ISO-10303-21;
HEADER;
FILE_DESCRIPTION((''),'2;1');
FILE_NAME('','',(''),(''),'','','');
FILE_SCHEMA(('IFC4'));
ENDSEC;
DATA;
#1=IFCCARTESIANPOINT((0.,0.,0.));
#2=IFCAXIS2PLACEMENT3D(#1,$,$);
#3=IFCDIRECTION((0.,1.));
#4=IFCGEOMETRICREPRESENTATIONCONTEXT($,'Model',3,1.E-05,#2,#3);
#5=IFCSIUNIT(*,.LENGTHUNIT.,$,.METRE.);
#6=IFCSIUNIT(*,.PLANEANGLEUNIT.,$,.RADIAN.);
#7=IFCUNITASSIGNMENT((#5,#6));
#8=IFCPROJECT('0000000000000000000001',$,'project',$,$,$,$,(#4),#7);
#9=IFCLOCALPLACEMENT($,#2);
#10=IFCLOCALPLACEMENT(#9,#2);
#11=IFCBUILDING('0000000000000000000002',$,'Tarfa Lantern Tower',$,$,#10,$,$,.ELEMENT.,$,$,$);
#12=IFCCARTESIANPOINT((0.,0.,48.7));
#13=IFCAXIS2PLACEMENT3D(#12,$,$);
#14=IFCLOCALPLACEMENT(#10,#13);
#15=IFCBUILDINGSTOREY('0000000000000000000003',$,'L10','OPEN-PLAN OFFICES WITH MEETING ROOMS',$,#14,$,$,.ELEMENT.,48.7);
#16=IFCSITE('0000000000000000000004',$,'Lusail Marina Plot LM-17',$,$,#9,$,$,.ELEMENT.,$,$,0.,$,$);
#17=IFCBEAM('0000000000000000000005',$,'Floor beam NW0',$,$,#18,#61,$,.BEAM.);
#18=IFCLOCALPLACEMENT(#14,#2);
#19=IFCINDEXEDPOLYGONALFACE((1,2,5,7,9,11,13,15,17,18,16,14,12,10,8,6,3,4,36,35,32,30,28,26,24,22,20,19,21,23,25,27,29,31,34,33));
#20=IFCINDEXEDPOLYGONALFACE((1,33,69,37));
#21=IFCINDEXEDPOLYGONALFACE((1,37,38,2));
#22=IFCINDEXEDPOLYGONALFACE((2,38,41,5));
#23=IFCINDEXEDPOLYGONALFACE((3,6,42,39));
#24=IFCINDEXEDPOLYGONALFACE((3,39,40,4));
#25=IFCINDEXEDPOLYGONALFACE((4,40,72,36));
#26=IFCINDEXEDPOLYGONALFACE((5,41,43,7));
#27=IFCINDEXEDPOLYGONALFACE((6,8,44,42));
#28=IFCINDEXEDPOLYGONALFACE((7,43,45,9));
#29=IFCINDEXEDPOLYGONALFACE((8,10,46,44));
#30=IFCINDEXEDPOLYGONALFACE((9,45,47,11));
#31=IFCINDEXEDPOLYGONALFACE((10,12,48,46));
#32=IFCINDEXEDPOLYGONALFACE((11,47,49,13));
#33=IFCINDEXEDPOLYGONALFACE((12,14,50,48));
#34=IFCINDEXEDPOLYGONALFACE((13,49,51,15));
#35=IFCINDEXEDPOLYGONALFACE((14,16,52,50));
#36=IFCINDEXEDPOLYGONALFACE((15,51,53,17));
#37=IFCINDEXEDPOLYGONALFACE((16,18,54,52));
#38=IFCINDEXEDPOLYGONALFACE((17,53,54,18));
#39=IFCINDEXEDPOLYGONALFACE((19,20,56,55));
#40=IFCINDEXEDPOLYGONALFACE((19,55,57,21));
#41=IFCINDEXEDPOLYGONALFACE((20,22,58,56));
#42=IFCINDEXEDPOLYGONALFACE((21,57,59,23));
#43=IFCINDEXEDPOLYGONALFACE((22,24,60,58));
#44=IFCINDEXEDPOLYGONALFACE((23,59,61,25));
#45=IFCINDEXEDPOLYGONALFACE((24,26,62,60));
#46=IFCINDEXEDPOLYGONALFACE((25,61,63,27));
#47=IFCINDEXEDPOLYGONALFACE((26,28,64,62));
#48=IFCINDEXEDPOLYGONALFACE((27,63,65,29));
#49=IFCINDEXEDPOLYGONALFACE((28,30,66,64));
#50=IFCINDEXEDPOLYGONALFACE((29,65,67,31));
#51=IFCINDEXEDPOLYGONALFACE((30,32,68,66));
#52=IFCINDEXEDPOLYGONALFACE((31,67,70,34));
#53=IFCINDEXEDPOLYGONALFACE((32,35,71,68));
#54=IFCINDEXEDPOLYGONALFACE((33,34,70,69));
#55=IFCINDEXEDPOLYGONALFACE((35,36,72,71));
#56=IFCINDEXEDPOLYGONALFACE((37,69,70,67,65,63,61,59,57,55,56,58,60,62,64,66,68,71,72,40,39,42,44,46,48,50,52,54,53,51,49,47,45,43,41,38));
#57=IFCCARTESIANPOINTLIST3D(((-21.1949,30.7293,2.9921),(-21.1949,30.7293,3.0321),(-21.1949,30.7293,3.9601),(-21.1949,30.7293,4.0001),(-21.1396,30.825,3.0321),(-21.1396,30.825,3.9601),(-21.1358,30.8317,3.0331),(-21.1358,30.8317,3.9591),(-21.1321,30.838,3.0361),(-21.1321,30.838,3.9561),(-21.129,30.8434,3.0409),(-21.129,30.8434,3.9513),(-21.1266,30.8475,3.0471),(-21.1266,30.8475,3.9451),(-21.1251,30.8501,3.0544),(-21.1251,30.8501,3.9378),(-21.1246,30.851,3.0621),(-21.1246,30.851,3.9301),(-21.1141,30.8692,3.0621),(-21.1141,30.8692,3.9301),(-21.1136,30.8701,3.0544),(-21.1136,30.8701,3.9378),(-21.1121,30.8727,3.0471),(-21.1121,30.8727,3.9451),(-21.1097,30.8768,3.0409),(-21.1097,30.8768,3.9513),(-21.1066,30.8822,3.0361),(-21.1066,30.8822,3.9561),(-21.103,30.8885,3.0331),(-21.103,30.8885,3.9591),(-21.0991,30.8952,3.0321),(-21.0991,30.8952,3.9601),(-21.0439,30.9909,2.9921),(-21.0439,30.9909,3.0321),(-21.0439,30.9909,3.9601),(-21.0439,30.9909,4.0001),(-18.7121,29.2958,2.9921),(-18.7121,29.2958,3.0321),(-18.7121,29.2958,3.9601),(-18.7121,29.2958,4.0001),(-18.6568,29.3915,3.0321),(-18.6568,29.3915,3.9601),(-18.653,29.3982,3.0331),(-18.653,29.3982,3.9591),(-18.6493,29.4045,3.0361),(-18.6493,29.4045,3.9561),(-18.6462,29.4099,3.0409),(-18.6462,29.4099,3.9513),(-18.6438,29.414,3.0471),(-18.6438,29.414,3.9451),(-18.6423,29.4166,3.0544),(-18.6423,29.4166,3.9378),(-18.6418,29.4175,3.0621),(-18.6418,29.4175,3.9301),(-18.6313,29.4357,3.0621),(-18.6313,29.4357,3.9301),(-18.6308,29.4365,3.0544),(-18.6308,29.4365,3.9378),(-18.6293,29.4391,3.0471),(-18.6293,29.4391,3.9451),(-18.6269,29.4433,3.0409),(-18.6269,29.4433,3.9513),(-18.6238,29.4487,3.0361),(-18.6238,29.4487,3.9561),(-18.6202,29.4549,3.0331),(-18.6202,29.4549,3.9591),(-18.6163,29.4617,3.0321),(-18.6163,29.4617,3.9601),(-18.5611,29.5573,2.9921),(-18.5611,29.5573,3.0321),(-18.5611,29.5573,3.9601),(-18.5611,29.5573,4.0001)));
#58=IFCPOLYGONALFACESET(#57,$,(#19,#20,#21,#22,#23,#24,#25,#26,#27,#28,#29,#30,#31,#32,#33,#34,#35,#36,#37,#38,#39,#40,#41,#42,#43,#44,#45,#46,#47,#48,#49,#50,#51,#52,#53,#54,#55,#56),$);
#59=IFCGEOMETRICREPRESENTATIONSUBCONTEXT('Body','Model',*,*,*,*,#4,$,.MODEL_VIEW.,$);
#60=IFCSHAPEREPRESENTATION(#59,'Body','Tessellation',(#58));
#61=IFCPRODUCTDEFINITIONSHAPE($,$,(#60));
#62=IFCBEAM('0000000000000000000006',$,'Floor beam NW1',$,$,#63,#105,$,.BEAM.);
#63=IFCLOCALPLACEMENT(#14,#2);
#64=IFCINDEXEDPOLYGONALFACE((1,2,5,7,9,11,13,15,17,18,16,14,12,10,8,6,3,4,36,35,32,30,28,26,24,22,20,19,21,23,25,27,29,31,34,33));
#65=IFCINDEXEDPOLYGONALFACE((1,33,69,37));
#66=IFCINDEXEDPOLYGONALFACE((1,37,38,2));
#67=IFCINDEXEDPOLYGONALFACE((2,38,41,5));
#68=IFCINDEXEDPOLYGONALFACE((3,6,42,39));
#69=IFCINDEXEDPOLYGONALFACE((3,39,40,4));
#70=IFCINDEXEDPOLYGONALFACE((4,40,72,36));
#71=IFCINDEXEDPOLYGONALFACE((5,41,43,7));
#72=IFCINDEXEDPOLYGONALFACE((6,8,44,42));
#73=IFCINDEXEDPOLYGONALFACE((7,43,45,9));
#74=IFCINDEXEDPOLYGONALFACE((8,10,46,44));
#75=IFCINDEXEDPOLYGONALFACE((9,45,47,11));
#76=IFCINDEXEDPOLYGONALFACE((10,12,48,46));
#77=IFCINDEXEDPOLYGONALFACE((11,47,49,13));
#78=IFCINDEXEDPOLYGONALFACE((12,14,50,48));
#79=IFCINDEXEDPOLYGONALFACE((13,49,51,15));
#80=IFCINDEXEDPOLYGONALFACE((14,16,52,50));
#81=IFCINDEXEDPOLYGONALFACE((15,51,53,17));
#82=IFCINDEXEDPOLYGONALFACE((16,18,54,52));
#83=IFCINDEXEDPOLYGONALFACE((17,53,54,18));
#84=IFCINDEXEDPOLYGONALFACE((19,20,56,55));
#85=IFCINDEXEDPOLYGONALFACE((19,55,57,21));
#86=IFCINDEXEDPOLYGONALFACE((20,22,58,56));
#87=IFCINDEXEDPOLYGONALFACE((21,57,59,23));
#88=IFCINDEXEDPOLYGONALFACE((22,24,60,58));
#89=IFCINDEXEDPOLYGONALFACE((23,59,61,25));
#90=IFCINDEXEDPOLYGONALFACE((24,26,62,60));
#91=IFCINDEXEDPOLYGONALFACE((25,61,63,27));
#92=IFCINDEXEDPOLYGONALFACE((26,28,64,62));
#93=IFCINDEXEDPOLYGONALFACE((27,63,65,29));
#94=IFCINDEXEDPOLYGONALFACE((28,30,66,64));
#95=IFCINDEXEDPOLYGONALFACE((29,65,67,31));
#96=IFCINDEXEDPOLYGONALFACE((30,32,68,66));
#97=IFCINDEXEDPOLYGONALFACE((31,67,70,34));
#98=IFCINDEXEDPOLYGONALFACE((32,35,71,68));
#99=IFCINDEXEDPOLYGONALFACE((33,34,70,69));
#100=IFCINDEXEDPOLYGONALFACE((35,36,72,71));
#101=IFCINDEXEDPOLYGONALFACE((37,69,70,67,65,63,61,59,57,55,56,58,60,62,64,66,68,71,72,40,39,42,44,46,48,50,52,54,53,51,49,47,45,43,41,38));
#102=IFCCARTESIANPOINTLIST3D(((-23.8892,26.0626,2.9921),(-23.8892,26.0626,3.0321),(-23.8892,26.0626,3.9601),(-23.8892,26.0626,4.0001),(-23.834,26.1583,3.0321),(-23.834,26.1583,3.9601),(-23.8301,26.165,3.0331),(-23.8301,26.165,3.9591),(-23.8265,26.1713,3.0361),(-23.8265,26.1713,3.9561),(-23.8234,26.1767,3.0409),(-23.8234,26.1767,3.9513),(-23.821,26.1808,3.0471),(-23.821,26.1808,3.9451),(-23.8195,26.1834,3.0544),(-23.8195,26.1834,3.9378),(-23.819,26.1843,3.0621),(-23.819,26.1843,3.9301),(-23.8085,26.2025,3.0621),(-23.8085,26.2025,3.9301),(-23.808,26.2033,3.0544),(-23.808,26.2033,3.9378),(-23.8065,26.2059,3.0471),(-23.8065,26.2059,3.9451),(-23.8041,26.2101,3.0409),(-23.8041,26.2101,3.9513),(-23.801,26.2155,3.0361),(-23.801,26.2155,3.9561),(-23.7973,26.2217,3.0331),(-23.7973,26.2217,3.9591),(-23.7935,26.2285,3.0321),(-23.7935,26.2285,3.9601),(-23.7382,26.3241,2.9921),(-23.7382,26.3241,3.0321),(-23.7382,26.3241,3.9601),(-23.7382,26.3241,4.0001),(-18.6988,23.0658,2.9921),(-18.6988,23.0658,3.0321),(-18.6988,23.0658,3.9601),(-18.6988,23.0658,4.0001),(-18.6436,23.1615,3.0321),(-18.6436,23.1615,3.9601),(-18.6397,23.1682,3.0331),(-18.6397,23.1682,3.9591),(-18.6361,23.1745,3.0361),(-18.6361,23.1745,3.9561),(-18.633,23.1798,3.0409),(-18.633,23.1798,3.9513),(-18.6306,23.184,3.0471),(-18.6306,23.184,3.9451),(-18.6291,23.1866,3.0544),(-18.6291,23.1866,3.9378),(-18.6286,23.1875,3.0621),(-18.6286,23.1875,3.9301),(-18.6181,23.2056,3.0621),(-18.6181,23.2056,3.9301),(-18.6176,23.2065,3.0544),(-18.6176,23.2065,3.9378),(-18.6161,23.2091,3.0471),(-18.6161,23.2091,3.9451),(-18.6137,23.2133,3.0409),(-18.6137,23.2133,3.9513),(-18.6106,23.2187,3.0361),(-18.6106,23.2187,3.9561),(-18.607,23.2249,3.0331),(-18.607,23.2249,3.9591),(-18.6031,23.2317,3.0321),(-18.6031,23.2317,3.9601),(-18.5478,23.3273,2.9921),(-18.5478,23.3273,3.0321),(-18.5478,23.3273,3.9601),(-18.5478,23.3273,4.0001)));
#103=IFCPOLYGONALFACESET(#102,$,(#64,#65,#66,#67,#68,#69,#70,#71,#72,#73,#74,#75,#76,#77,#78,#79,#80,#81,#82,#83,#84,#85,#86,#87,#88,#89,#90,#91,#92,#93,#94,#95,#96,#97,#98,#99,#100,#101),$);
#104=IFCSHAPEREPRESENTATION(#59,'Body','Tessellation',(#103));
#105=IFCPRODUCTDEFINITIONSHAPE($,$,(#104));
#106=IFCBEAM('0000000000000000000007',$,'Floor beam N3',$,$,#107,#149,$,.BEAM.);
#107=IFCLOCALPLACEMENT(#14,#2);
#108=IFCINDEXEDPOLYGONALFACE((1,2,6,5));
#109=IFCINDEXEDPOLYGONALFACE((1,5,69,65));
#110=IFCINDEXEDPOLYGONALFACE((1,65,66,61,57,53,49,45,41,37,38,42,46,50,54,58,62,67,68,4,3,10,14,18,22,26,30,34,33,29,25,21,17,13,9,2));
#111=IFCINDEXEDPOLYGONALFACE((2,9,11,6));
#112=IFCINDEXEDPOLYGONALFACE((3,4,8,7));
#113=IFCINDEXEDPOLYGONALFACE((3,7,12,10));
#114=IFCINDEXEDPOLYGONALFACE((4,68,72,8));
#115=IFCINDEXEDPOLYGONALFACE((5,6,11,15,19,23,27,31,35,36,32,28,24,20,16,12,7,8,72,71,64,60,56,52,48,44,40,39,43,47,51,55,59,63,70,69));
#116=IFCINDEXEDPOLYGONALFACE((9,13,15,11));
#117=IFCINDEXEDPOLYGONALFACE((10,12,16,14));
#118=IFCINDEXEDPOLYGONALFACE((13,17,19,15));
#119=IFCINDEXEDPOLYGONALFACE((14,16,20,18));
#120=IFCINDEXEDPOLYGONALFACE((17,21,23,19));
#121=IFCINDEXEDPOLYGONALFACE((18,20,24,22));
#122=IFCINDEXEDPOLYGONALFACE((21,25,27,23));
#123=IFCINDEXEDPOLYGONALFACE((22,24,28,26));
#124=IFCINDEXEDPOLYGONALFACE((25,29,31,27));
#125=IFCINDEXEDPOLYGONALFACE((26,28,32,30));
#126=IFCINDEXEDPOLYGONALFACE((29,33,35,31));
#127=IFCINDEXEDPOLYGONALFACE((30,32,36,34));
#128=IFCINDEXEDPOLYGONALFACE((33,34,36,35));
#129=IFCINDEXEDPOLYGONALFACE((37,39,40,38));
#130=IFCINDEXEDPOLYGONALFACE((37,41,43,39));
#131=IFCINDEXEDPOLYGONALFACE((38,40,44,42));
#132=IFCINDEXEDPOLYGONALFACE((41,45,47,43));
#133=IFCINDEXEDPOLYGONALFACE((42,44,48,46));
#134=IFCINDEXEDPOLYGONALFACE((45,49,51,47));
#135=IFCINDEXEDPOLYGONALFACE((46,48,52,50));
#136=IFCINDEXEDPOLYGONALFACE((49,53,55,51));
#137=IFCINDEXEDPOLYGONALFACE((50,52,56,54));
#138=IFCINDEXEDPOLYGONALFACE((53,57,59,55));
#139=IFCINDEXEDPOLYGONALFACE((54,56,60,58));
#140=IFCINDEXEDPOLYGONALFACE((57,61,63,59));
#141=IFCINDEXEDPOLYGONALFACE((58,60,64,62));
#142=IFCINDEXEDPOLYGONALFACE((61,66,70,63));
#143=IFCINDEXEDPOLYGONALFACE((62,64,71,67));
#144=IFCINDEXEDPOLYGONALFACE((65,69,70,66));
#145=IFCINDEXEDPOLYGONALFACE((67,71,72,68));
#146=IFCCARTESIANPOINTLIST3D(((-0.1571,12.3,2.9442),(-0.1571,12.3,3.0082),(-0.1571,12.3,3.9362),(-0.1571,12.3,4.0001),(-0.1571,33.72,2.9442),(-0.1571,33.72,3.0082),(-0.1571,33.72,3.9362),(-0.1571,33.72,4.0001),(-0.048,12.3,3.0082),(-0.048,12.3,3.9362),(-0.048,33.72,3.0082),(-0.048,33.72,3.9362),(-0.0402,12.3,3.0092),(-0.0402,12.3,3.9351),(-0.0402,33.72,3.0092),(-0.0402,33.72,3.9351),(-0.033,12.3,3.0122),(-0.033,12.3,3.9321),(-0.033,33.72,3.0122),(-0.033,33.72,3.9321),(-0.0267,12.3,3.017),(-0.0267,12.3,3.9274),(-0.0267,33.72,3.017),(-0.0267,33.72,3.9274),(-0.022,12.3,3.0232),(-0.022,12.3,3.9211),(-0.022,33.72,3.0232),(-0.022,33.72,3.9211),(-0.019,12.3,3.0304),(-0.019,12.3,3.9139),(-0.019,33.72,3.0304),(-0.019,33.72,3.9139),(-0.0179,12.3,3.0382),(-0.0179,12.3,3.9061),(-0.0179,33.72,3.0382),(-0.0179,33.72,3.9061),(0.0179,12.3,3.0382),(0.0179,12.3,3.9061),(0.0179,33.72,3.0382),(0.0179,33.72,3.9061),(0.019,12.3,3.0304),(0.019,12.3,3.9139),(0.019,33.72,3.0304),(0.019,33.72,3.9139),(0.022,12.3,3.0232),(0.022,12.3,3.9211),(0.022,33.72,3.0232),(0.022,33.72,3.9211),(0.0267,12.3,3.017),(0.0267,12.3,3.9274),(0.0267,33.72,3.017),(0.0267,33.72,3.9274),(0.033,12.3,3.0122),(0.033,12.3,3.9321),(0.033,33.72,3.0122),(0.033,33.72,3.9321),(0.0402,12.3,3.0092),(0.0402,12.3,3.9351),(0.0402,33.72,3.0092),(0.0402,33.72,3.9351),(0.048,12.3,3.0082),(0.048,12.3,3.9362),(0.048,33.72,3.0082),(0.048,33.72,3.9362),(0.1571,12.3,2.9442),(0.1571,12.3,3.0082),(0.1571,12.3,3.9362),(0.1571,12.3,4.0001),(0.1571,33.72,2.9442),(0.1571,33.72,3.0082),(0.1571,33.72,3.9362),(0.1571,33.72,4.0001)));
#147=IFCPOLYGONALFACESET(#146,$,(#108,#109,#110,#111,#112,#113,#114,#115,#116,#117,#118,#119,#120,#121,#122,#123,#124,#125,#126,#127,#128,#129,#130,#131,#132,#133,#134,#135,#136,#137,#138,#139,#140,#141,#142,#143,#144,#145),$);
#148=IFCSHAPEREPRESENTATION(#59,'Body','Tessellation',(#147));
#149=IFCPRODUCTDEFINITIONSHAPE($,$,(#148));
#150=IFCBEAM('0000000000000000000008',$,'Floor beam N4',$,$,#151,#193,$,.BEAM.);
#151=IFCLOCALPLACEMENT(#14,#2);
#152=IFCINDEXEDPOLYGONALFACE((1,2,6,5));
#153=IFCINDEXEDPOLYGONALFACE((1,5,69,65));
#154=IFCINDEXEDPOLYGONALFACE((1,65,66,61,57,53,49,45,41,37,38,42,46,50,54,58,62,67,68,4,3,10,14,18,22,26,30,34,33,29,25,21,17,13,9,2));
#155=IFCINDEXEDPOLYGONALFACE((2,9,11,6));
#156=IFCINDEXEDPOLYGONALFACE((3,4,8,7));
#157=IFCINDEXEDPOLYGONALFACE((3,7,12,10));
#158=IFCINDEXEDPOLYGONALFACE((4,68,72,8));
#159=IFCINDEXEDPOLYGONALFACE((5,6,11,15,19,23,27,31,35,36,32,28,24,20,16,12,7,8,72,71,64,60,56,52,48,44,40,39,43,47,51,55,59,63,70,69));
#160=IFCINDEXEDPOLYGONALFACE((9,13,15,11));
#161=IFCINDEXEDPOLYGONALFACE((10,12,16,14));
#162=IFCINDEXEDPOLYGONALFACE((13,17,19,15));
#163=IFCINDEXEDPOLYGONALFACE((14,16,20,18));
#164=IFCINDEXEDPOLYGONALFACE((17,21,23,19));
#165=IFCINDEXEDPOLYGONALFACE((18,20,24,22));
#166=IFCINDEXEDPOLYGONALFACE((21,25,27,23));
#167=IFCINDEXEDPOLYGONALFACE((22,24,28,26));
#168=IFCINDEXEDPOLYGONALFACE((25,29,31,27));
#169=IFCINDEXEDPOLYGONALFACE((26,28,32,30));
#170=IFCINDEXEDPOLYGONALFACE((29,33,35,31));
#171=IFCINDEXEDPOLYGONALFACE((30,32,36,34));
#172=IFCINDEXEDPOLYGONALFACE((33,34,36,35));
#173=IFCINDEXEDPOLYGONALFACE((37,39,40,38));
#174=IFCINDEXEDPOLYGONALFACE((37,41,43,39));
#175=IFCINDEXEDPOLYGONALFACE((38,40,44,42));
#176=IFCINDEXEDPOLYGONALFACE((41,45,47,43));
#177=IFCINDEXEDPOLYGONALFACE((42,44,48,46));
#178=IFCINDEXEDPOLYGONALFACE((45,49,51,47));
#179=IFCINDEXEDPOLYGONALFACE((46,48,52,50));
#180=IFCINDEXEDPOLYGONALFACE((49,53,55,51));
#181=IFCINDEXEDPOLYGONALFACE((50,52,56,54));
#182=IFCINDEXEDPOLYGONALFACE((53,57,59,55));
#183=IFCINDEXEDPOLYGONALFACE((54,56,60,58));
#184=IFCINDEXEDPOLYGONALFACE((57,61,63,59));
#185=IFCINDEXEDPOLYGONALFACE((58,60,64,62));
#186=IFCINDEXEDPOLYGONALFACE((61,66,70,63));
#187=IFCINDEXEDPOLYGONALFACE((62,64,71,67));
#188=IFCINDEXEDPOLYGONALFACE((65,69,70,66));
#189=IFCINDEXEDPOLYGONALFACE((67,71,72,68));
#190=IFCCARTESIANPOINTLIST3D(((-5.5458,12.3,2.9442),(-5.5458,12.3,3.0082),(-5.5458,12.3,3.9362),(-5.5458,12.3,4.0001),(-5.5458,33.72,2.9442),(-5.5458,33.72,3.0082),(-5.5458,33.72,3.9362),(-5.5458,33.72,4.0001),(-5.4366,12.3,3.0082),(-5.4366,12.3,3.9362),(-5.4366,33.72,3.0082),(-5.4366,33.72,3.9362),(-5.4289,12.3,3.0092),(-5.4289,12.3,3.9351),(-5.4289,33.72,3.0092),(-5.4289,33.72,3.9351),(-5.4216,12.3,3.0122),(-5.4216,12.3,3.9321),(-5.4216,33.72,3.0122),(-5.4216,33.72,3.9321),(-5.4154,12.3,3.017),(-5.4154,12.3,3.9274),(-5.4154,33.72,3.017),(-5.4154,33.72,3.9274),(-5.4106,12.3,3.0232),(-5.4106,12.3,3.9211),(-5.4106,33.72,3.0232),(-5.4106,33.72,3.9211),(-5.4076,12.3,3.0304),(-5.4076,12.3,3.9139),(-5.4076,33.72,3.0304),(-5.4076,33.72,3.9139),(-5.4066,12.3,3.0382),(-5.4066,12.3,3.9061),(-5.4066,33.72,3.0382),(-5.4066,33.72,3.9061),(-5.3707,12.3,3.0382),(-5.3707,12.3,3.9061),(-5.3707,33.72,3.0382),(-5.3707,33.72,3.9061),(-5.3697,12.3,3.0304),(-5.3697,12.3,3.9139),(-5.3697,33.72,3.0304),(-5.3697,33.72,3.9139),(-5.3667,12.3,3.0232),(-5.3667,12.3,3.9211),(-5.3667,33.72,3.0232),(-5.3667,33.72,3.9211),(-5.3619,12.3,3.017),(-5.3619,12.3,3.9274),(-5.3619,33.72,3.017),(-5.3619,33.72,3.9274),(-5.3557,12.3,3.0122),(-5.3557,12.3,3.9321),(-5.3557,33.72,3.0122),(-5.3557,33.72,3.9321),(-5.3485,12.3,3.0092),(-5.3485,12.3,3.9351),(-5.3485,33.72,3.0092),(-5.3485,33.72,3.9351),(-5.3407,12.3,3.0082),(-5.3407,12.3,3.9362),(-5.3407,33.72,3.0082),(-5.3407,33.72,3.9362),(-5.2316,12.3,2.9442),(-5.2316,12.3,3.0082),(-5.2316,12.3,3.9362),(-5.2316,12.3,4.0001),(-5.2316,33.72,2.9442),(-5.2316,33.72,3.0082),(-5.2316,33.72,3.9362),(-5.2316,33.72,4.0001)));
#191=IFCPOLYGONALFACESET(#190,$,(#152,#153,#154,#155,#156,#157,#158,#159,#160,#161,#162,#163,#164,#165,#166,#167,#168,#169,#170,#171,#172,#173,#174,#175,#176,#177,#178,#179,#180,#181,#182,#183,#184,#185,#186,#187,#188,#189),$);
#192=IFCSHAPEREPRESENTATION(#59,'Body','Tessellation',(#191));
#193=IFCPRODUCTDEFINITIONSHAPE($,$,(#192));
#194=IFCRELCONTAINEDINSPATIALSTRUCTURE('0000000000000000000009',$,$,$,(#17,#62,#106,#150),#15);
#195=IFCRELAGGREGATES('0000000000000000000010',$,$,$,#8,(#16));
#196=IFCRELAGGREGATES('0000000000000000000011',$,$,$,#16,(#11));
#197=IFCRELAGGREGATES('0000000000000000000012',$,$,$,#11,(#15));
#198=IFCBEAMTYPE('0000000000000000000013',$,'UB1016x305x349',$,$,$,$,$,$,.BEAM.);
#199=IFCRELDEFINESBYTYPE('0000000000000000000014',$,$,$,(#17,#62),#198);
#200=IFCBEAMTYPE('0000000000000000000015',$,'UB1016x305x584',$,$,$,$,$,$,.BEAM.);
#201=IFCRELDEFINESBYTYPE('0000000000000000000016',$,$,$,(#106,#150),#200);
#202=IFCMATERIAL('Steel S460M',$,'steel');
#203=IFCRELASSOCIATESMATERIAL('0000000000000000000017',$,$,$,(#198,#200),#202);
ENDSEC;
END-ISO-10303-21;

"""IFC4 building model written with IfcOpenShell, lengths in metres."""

from ifc_helpers import new_model, si_unit, direction, frame, origin, origin_2d, place, context, subcontext, project, spatial, i_section, extrude, material, material_profile, profile_set, type_object, element, save


model = new_model("IFC4")

# Units and contexts
model_context = context("Model", 3, precision=1e-05, world=origin(), true_north=direction((0.0, 1.0)))
body_context = subcontext(model_context, "Body", "Model", "MODEL_VIEW")
ifc_project = project(units=[si_unit("LENGTHUNIT", "METRE"), si_unit("PLANEANGLEUNIT", "RADIAN")], contexts=[model_context])

# Site, building, storey
site_placement = place(None, origin())
site = spatial("IfcSite", under=ifc_project, at=site_placement, Name="Lusail Marina Plot LM-17", CompositionType="ELEMENT", RefElevation=0.0)
building_placement = place(site_placement, origin())
building = spatial("IfcBuilding", under=site, at=building_placement, Name="Tarfa Lantern Tower", CompositionType="ELEMENT")
storey_placement = place(building_placement, frame((0.0, 0.0, 48.7)))
storey = spatial("IfcBuildingStorey", under=building, at=storey_placement, Name="L10", Description="OPEN-PLAN OFFICES WITH MEETING ROOMS", CompositionType="ELEMENT", Elevation=48.7)

# Beams
ifc_material_1 = material(Name="Steel S460M", Category="steel")
ifc_material_profile_1 = material_profile(ifc_material_1, i_section(OverallWidth=0.302, OverallDepth=1.0081, WebThickness=0.021, FlangeThickness=0.04, FilletRadius=0.03, at=origin_2d()), Name="UB1016x305x349")
ifc_profile_set_1 = profile_set([ifc_material_profile_1], Name="Steel S460M")
beam_type_1 = type_object("IfcBeamType", Name="UB1016x305x349", PredefinedType="BEAM", material=ifc_profile_set_1)
beam_1_placement = place(storey_placement, frame((-21.1194, 30.8601, 3.4961), z_axis=(0.866013, -0.500022, 0.0), x_axis=(0.500022, 0.866013, 0.0)))
element("IfcBeam", 1, at=beam_1_placement, inside=storey, type_object=beam_type_1, Name="Floor beam NW0", PredefinedType="BEAM", context=body_context, shape_type="SweptSolid", body=[
    extrude(i_section(OverallWidth=0.302, OverallDepth=1.0081, WebThickness=0.021, FlangeThickness=0.04, FilletRadius=0.03, at=origin_2d()), origin(), (0.0, 0.0, 1.0), 2.8669),
])
beam_2_placement = place(storey_placement, frame((-23.8137, 26.1934, 3.4961), z_axis=(0.866016, -0.500016, 0.0), x_axis=(0.500016, 0.866016, 0.0)))
element("IfcBeam", 2, at=beam_2_placement, inside=storey, type_object=beam_type_1, Name="Floor beam NW1", PredefinedType="BEAM", context=body_context, shape_type="SweptSolid", body=[
    extrude(i_section(OverallWidth=0.302, OverallDepth=1.0081, WebThickness=0.021, FlangeThickness=0.04, FilletRadius=0.03, at=origin_2d()), origin(), (0.0, 0.0, 1.0), 5.9934),
])
ifc_material_profile_2 = material_profile(ifc_material_1, i_section(OverallWidth=0.3142, OverallDepth=1.0559, WebThickness=0.0359, FlangeThickness=0.064, FilletRadius=0.03, at=origin_2d()), Name="UB1016x305x584")
ifc_profile_set_2 = profile_set([ifc_material_profile_2], Name="Steel S460M")
beam_type_2 = type_object("IfcBeamType", Name="UB1016x305x584", PredefinedType="BEAM", material=ifc_profile_set_2)
for number, where, z_axis, x_axis, name in (
    (3, (0.0, 33.72, 3.4722), (0.0, -1.0, 0.0), (1.0, 0.0, 0.0), "Floor beam N3"),
    (4, (-5.3887, 33.72, 3.4722), (0.0, -1.0, 0.0), (1.0, 0.0, 0.0), "Floor beam N4"),
):
    element("IfcBeam", number, at=place(storey_placement, frame(where, z_axis=z_axis, x_axis=x_axis)), inside=storey, type_object=beam_type_2, Name=name, PredefinedType="BEAM", context=body_context, shape_type="SweptSolid", body=[
        extrude(i_section(OverallWidth=0.3142, OverallDepth=1.0559, WebThickness=0.0359, FlangeThickness=0.064, FilletRadius=0.03, at=origin_2d()), origin(), (0.0, 0.0, 1.0), 21.4199),
    ])

save(model, "model.ifc")
